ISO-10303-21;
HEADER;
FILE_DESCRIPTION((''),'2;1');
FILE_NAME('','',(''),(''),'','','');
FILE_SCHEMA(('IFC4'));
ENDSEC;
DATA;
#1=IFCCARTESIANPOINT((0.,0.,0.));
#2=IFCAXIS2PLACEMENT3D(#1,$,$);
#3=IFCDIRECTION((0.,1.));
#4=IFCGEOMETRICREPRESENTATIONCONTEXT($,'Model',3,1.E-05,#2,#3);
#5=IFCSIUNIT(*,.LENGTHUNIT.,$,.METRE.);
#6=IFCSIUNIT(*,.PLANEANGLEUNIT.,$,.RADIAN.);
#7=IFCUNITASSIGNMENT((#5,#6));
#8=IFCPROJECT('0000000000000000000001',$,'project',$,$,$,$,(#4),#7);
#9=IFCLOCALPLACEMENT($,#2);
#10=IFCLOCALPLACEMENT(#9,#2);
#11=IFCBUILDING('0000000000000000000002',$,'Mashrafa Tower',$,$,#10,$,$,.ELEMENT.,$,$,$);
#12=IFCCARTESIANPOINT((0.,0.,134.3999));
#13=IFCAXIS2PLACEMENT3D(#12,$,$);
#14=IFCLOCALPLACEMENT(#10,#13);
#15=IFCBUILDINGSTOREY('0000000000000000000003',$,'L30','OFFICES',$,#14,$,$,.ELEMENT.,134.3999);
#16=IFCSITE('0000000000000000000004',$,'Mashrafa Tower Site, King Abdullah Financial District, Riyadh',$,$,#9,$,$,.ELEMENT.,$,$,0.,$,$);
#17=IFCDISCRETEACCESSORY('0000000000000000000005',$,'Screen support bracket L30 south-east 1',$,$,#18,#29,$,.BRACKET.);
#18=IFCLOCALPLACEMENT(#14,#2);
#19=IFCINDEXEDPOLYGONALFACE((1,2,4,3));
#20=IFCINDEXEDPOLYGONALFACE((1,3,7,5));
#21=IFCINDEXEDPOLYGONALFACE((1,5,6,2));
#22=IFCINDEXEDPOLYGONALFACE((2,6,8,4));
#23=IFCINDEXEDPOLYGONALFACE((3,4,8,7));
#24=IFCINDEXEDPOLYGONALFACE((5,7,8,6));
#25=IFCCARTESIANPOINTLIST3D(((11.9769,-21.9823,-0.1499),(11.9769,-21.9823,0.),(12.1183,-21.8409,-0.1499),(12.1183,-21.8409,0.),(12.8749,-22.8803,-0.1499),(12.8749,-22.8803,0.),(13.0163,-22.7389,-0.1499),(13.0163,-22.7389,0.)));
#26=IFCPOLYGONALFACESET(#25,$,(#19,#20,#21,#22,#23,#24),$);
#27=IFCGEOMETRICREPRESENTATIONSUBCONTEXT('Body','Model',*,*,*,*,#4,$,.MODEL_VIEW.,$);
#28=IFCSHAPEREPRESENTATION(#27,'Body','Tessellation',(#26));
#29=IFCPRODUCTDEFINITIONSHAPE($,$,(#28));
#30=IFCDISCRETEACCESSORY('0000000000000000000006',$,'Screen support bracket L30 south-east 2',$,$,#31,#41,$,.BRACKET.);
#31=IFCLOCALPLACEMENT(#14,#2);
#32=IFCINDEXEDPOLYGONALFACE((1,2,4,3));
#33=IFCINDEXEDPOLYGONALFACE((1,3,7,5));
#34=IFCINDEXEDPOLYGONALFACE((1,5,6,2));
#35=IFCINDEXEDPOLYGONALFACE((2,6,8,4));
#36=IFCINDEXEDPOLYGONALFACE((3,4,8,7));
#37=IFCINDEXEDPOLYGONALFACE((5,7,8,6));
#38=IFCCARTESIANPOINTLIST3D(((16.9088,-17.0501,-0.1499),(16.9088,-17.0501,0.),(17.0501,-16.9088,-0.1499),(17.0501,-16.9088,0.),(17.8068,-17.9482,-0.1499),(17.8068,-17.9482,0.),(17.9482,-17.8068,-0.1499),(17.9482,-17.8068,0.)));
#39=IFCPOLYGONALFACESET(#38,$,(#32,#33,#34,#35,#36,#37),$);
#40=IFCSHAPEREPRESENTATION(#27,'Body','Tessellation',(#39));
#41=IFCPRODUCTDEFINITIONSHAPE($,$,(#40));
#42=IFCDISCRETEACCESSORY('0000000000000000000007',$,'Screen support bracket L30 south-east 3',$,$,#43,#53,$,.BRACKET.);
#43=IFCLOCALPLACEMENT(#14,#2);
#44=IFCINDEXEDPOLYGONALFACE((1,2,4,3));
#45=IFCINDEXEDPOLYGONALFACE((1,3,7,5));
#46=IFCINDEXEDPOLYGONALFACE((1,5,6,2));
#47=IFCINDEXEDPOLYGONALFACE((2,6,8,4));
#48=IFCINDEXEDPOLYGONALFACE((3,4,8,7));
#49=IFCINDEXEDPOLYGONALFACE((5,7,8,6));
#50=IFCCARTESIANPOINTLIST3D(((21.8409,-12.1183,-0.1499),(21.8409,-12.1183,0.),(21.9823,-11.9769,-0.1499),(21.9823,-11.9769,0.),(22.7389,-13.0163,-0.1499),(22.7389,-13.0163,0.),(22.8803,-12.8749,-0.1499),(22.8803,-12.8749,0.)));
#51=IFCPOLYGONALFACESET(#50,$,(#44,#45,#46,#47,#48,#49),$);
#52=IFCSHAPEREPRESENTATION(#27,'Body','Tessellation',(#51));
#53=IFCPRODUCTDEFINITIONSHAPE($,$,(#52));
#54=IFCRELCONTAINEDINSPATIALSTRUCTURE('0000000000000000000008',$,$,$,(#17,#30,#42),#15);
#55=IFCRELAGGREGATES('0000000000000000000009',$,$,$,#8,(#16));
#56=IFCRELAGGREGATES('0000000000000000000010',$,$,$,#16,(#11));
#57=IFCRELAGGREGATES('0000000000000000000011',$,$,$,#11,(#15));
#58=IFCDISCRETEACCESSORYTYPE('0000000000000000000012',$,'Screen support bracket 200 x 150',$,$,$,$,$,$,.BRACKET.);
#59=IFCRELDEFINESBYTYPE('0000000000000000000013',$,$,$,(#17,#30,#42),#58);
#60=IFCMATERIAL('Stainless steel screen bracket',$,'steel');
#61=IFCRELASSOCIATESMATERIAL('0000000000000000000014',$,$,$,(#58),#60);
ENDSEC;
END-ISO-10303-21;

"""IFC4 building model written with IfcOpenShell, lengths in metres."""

from ifc_helpers import new_model, si_unit, direction, frame, origin, origin_2d, place, context, subcontext, project, spatial, rectangle, extrude, source, transform, mapped, material, type_object, type_shapes, element, save


model = new_model("IFC4")

# Units and contexts
model_context = context("Model", 3, precision=1e-05, world=origin(), true_north=direction((0.0, 1.0)))
body_context = subcontext(model_context, "Body", "Model", "MODEL_VIEW")
ifc_project = project(units=[si_unit("LENGTHUNIT", "METRE"), si_unit("PLANEANGLEUNIT", "RADIAN")], contexts=[model_context])

# Site, building, storey
site_placement = place(None, origin())
site = spatial("IfcSite", under=ifc_project, at=site_placement, Name="Mashrafa Tower Site, King Abdullah Financial District, Riyadh", CompositionType="ELEMENT", RefElevation=0.0)
building_placement = place(site_placement, origin())
building = spatial("IfcBuilding", under=site, at=building_placement, Name="Mashrafa Tower", CompositionType="ELEMENT")
storey_placement = place(building_placement, frame((0.0, 0.0, 134.3999)))
storey = spatial("IfcBuildingStorey", under=building, at=storey_placement, Name="L30", Description="OFFICES", CompositionType="ELEMENT", Elevation=134.3999)

# Discrete accessories
ifc_material_1 = material(Name="Stainless steel screen bracket", Category="steel")
discrete_accessory_type = type_object("IfcDiscreteAccessoryType", Name="Screen support bracket 200 x 150", PredefinedType="BRACKET", material=ifc_material_1)
shared_shape_1 = source(origin(), body_context, "Body", "SweptSolid", [
    extrude(rectangle(XDim=0.2, YDim=1.27, at=origin_2d()), origin(), (0.0, 0.0, 1.0), 0.1499),
])
type_shapes(discrete_accessory_type, [shared_shape_1])
for number, where, z_axis, x_axis, name in (
    (1, (12.4966, -22.3606, -0.1499), (0.0, 0.0, 1.0), (0.707107, 0.707107, 0.0), "Screen support bracket L30 south-east 1"),
    (2, (17.4285, -17.4285, -0.1499), (0.0, 0.0, 1.0), (0.707107, 0.707107, 0.0), "Screen support bracket L30 south-east 2"),
    (3, (22.3606, -12.4966, -0.1499), (0.0, 0.0, 1.0), (0.707107, 0.707107, 0.0), "Screen support bracket L30 south-east 3"),
):
    element("IfcDiscreteAccessory", number, at=place(storey_placement, frame(where, z_axis=z_axis, x_axis=x_axis)), inside=storey, type_object=discrete_accessory_type, Name=name, PredefinedType="BRACKET", context=body_context, shape_type="MappedRepresentation", body=[
        mapped(shared_shape_1, transform((0.0, 0.0, 0.0))),
    ])

save(model, "model.ifc")
